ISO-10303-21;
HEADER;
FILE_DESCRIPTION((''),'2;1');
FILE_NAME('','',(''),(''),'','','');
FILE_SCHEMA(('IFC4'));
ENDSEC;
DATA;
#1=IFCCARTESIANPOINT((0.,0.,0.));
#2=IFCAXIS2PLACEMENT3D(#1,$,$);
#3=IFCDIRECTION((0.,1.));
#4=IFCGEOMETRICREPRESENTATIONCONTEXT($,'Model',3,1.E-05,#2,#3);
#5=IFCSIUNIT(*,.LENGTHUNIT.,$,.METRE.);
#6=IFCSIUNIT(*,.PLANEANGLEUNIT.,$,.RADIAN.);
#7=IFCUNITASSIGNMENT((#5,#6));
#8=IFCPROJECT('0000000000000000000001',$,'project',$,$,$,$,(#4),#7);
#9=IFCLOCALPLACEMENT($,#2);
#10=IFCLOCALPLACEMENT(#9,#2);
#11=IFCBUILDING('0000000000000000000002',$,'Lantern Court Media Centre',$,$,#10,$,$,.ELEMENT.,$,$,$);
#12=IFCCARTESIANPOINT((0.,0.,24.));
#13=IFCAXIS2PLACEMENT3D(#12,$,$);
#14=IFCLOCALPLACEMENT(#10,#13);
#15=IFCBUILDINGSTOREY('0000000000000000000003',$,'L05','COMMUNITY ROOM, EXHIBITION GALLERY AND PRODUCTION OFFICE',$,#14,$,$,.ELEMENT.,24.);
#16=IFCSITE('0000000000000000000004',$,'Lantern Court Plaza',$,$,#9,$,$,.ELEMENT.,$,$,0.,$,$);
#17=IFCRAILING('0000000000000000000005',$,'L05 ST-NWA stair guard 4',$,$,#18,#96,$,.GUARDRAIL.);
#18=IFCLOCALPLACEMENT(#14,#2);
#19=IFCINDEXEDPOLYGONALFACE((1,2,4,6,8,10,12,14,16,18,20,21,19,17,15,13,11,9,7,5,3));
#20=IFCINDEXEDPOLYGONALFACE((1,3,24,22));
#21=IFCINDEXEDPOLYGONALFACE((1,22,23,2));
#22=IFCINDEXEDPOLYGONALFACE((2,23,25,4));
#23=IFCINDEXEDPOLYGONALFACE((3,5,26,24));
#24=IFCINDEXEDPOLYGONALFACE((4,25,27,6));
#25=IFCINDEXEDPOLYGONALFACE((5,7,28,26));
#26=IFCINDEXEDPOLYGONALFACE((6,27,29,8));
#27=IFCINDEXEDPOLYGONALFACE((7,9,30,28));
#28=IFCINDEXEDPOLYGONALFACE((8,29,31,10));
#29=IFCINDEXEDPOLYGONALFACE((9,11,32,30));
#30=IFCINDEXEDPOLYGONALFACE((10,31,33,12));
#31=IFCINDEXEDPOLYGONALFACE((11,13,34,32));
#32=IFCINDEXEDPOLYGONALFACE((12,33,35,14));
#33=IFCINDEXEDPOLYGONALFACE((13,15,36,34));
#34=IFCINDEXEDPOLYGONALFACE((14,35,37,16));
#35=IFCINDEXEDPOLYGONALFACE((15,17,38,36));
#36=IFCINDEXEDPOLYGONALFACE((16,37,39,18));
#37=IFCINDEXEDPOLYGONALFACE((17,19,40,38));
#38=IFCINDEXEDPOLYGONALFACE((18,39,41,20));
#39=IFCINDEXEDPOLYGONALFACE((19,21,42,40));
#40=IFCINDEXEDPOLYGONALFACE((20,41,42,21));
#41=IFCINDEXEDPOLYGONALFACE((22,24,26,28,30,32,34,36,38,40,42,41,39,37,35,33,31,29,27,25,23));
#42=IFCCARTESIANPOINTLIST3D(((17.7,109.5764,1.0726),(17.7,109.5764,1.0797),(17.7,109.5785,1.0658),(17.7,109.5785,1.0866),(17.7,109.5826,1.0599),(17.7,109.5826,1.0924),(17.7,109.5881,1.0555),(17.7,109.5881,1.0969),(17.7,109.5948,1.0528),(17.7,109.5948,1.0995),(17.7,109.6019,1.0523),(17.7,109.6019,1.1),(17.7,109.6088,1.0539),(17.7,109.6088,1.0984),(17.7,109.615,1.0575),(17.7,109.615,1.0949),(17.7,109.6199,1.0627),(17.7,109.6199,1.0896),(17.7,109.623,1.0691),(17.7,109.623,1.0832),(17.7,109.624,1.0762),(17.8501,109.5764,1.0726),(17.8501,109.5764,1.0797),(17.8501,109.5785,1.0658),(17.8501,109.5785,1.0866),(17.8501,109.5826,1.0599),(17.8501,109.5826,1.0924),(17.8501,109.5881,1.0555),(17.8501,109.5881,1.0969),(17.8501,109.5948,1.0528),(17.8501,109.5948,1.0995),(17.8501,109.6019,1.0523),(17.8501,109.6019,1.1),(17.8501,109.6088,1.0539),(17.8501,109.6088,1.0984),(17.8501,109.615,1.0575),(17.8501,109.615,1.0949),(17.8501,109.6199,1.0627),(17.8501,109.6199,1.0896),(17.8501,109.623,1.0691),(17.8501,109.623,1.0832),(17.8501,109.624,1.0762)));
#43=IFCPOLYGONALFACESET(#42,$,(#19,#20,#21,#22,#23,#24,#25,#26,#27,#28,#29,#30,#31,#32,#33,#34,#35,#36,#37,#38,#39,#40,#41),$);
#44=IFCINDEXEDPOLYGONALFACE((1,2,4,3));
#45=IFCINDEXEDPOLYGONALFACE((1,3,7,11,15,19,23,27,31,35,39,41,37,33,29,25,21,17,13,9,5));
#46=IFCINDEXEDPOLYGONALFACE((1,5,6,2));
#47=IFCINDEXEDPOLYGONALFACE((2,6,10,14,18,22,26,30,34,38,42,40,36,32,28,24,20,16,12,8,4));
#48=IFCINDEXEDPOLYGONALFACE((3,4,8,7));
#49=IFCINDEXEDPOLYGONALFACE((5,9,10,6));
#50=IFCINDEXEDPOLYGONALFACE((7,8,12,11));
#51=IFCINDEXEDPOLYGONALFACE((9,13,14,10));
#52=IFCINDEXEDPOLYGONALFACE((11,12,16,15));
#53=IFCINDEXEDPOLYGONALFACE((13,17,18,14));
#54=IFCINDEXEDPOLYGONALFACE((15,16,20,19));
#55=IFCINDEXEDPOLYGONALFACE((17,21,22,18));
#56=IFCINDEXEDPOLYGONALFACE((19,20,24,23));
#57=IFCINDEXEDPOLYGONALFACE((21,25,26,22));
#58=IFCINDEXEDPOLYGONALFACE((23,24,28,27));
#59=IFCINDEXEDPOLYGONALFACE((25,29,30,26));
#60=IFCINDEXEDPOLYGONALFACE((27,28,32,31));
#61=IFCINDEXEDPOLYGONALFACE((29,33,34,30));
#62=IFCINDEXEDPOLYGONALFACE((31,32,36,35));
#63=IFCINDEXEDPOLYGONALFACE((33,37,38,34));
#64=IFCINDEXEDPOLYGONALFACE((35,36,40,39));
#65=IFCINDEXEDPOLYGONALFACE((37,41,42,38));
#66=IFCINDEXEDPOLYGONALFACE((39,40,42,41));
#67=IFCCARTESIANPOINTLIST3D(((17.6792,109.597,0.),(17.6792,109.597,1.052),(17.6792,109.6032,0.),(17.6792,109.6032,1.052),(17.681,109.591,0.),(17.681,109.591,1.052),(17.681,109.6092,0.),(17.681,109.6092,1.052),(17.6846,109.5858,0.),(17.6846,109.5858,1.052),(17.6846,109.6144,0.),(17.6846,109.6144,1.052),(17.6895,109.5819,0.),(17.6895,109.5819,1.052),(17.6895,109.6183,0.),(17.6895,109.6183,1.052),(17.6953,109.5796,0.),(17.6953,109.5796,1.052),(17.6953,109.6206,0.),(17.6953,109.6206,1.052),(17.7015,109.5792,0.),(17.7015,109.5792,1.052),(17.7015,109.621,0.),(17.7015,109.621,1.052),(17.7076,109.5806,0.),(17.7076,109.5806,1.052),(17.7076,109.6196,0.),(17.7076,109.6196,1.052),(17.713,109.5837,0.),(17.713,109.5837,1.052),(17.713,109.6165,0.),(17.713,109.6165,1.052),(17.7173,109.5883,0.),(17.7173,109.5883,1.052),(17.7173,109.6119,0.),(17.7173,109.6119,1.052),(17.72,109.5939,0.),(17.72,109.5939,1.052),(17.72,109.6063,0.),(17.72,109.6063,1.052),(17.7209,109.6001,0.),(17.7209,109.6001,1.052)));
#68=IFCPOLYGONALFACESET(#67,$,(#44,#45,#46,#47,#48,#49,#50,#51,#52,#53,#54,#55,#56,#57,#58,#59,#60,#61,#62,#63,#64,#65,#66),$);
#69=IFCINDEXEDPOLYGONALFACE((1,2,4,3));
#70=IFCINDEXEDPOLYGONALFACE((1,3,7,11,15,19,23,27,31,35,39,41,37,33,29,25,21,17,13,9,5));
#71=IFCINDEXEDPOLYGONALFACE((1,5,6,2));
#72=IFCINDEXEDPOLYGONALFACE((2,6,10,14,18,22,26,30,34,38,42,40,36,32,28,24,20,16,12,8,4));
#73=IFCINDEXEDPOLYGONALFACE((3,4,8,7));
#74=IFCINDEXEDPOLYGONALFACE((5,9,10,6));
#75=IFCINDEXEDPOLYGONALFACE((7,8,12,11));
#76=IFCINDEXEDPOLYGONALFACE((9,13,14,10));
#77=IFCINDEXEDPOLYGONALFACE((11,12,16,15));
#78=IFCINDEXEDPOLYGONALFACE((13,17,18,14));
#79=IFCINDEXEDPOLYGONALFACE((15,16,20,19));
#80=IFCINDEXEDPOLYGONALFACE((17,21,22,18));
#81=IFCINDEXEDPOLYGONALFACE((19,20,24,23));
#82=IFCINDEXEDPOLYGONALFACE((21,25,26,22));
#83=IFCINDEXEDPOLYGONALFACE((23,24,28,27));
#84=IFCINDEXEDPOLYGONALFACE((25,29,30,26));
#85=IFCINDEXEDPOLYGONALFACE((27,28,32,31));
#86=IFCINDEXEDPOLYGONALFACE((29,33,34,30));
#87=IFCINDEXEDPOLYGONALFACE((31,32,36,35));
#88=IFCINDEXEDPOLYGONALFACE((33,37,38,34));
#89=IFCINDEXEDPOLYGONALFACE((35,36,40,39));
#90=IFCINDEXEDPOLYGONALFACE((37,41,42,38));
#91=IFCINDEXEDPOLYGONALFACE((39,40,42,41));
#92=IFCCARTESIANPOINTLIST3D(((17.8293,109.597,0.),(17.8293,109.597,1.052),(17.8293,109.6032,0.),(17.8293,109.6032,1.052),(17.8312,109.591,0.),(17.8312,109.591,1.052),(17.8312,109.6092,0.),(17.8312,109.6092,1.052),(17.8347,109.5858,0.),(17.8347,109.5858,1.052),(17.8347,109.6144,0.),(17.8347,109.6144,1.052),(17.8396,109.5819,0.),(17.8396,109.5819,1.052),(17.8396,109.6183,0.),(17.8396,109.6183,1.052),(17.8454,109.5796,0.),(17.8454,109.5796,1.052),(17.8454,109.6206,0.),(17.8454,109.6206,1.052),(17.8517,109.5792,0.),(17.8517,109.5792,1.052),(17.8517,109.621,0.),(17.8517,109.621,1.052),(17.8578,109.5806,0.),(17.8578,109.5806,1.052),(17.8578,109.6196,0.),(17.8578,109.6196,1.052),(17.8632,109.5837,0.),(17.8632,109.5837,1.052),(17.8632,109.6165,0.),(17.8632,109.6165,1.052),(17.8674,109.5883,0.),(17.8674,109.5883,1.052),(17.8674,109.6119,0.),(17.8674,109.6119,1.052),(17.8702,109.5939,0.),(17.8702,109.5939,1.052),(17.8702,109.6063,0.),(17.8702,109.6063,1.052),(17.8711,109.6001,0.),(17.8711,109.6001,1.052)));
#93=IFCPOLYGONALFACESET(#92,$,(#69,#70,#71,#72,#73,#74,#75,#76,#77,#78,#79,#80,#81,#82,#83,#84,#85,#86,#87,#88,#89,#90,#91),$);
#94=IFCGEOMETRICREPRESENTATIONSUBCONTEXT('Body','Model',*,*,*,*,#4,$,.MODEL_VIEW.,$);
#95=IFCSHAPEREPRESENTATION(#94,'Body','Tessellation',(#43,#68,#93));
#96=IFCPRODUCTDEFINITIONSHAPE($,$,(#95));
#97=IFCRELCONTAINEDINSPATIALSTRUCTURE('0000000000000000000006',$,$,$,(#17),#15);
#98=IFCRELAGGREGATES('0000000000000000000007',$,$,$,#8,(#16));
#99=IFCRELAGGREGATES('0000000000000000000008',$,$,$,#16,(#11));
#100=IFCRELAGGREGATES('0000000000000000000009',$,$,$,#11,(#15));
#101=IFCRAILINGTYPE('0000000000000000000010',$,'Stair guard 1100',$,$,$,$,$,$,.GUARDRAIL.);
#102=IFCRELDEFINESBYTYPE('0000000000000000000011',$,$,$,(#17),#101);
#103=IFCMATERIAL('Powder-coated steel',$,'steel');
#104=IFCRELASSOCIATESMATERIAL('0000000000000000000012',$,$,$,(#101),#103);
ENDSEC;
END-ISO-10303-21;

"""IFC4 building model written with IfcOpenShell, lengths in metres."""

from ifc_helpers import new_model, si_unit, direction, frame, origin, origin_2d, place, context, subcontext, project, spatial, circle, extrude, material, type_object, element, save


model = new_model("IFC4")

# Units and contexts
model_context = context("Model", 3, precision=1e-05, world=origin(), true_north=direction((0.0, 1.0)))
body_context = subcontext(model_context, "Body", "Model", "MODEL_VIEW")
ifc_project = project(units=[si_unit("LENGTHUNIT", "METRE"), si_unit("PLANEANGLEUNIT", "RADIAN")], contexts=[model_context])

# Site, building, storey
site_placement = place(None, origin())
site = spatial("IfcSite", under=ifc_project, at=site_placement, Name="Lantern Court Plaza", CompositionType="ELEMENT", RefElevation=0.0)
building_placement = place(site_placement, origin())
building = spatial("IfcBuilding", under=site, at=building_placement, Name="Lantern Court Media Centre", CompositionType="ELEMENT")
storey_placement = place(building_placement, frame((0.0, 0.0, 24.0)))
storey = spatial("IfcBuildingStorey", under=building, at=storey_placement, Name="L05", Description="COMMUNITY ROOM, EXHIBITION GALLERY AND PRODUCTION OFFICE", CompositionType="ELEMENT", Elevation=24.0)

# Shared definitions
ifc_material_1 = material(Name="Powder-coated steel", Category="steel")

# Railing
railing_type_1 = type_object("IfcRailingType", Name="Stair guard 1100", PredefinedType="GUARDRAIL", material=ifc_material_1)
railing_1_placement = place(storey_placement, frame((17.7, 109.6001, 0.0)))
element("IfcRailing", 1, at=railing_1_placement, inside=storey, type_object=railing_type_1, Name="L05 ST-NWA stair guard 4", PredefinedType="GUARDRAIL", context=body_context, shape_type="SweptSolid", body=[
    extrude(circle(Radius=0.0239, at=origin_2d()), frame((0.0, 0.0, 1.0762), z_axis=(1.0, 0.0, 0.0), x_axis=(0.0, 1.0, 0.0)), (0.0, 0.0, 1.0), 0.1501),
    extrude(circle(Radius=0.021, at=origin_2d()), origin(), (0.0, 0.0, 1.0), 1.052),
    extrude(circle(Radius=0.021, at=origin_2d()), frame((0.1501, 0.0, 0.0)), (0.0, 0.0, 1.0), 1.052),
])

save(model, "model.ifc")
